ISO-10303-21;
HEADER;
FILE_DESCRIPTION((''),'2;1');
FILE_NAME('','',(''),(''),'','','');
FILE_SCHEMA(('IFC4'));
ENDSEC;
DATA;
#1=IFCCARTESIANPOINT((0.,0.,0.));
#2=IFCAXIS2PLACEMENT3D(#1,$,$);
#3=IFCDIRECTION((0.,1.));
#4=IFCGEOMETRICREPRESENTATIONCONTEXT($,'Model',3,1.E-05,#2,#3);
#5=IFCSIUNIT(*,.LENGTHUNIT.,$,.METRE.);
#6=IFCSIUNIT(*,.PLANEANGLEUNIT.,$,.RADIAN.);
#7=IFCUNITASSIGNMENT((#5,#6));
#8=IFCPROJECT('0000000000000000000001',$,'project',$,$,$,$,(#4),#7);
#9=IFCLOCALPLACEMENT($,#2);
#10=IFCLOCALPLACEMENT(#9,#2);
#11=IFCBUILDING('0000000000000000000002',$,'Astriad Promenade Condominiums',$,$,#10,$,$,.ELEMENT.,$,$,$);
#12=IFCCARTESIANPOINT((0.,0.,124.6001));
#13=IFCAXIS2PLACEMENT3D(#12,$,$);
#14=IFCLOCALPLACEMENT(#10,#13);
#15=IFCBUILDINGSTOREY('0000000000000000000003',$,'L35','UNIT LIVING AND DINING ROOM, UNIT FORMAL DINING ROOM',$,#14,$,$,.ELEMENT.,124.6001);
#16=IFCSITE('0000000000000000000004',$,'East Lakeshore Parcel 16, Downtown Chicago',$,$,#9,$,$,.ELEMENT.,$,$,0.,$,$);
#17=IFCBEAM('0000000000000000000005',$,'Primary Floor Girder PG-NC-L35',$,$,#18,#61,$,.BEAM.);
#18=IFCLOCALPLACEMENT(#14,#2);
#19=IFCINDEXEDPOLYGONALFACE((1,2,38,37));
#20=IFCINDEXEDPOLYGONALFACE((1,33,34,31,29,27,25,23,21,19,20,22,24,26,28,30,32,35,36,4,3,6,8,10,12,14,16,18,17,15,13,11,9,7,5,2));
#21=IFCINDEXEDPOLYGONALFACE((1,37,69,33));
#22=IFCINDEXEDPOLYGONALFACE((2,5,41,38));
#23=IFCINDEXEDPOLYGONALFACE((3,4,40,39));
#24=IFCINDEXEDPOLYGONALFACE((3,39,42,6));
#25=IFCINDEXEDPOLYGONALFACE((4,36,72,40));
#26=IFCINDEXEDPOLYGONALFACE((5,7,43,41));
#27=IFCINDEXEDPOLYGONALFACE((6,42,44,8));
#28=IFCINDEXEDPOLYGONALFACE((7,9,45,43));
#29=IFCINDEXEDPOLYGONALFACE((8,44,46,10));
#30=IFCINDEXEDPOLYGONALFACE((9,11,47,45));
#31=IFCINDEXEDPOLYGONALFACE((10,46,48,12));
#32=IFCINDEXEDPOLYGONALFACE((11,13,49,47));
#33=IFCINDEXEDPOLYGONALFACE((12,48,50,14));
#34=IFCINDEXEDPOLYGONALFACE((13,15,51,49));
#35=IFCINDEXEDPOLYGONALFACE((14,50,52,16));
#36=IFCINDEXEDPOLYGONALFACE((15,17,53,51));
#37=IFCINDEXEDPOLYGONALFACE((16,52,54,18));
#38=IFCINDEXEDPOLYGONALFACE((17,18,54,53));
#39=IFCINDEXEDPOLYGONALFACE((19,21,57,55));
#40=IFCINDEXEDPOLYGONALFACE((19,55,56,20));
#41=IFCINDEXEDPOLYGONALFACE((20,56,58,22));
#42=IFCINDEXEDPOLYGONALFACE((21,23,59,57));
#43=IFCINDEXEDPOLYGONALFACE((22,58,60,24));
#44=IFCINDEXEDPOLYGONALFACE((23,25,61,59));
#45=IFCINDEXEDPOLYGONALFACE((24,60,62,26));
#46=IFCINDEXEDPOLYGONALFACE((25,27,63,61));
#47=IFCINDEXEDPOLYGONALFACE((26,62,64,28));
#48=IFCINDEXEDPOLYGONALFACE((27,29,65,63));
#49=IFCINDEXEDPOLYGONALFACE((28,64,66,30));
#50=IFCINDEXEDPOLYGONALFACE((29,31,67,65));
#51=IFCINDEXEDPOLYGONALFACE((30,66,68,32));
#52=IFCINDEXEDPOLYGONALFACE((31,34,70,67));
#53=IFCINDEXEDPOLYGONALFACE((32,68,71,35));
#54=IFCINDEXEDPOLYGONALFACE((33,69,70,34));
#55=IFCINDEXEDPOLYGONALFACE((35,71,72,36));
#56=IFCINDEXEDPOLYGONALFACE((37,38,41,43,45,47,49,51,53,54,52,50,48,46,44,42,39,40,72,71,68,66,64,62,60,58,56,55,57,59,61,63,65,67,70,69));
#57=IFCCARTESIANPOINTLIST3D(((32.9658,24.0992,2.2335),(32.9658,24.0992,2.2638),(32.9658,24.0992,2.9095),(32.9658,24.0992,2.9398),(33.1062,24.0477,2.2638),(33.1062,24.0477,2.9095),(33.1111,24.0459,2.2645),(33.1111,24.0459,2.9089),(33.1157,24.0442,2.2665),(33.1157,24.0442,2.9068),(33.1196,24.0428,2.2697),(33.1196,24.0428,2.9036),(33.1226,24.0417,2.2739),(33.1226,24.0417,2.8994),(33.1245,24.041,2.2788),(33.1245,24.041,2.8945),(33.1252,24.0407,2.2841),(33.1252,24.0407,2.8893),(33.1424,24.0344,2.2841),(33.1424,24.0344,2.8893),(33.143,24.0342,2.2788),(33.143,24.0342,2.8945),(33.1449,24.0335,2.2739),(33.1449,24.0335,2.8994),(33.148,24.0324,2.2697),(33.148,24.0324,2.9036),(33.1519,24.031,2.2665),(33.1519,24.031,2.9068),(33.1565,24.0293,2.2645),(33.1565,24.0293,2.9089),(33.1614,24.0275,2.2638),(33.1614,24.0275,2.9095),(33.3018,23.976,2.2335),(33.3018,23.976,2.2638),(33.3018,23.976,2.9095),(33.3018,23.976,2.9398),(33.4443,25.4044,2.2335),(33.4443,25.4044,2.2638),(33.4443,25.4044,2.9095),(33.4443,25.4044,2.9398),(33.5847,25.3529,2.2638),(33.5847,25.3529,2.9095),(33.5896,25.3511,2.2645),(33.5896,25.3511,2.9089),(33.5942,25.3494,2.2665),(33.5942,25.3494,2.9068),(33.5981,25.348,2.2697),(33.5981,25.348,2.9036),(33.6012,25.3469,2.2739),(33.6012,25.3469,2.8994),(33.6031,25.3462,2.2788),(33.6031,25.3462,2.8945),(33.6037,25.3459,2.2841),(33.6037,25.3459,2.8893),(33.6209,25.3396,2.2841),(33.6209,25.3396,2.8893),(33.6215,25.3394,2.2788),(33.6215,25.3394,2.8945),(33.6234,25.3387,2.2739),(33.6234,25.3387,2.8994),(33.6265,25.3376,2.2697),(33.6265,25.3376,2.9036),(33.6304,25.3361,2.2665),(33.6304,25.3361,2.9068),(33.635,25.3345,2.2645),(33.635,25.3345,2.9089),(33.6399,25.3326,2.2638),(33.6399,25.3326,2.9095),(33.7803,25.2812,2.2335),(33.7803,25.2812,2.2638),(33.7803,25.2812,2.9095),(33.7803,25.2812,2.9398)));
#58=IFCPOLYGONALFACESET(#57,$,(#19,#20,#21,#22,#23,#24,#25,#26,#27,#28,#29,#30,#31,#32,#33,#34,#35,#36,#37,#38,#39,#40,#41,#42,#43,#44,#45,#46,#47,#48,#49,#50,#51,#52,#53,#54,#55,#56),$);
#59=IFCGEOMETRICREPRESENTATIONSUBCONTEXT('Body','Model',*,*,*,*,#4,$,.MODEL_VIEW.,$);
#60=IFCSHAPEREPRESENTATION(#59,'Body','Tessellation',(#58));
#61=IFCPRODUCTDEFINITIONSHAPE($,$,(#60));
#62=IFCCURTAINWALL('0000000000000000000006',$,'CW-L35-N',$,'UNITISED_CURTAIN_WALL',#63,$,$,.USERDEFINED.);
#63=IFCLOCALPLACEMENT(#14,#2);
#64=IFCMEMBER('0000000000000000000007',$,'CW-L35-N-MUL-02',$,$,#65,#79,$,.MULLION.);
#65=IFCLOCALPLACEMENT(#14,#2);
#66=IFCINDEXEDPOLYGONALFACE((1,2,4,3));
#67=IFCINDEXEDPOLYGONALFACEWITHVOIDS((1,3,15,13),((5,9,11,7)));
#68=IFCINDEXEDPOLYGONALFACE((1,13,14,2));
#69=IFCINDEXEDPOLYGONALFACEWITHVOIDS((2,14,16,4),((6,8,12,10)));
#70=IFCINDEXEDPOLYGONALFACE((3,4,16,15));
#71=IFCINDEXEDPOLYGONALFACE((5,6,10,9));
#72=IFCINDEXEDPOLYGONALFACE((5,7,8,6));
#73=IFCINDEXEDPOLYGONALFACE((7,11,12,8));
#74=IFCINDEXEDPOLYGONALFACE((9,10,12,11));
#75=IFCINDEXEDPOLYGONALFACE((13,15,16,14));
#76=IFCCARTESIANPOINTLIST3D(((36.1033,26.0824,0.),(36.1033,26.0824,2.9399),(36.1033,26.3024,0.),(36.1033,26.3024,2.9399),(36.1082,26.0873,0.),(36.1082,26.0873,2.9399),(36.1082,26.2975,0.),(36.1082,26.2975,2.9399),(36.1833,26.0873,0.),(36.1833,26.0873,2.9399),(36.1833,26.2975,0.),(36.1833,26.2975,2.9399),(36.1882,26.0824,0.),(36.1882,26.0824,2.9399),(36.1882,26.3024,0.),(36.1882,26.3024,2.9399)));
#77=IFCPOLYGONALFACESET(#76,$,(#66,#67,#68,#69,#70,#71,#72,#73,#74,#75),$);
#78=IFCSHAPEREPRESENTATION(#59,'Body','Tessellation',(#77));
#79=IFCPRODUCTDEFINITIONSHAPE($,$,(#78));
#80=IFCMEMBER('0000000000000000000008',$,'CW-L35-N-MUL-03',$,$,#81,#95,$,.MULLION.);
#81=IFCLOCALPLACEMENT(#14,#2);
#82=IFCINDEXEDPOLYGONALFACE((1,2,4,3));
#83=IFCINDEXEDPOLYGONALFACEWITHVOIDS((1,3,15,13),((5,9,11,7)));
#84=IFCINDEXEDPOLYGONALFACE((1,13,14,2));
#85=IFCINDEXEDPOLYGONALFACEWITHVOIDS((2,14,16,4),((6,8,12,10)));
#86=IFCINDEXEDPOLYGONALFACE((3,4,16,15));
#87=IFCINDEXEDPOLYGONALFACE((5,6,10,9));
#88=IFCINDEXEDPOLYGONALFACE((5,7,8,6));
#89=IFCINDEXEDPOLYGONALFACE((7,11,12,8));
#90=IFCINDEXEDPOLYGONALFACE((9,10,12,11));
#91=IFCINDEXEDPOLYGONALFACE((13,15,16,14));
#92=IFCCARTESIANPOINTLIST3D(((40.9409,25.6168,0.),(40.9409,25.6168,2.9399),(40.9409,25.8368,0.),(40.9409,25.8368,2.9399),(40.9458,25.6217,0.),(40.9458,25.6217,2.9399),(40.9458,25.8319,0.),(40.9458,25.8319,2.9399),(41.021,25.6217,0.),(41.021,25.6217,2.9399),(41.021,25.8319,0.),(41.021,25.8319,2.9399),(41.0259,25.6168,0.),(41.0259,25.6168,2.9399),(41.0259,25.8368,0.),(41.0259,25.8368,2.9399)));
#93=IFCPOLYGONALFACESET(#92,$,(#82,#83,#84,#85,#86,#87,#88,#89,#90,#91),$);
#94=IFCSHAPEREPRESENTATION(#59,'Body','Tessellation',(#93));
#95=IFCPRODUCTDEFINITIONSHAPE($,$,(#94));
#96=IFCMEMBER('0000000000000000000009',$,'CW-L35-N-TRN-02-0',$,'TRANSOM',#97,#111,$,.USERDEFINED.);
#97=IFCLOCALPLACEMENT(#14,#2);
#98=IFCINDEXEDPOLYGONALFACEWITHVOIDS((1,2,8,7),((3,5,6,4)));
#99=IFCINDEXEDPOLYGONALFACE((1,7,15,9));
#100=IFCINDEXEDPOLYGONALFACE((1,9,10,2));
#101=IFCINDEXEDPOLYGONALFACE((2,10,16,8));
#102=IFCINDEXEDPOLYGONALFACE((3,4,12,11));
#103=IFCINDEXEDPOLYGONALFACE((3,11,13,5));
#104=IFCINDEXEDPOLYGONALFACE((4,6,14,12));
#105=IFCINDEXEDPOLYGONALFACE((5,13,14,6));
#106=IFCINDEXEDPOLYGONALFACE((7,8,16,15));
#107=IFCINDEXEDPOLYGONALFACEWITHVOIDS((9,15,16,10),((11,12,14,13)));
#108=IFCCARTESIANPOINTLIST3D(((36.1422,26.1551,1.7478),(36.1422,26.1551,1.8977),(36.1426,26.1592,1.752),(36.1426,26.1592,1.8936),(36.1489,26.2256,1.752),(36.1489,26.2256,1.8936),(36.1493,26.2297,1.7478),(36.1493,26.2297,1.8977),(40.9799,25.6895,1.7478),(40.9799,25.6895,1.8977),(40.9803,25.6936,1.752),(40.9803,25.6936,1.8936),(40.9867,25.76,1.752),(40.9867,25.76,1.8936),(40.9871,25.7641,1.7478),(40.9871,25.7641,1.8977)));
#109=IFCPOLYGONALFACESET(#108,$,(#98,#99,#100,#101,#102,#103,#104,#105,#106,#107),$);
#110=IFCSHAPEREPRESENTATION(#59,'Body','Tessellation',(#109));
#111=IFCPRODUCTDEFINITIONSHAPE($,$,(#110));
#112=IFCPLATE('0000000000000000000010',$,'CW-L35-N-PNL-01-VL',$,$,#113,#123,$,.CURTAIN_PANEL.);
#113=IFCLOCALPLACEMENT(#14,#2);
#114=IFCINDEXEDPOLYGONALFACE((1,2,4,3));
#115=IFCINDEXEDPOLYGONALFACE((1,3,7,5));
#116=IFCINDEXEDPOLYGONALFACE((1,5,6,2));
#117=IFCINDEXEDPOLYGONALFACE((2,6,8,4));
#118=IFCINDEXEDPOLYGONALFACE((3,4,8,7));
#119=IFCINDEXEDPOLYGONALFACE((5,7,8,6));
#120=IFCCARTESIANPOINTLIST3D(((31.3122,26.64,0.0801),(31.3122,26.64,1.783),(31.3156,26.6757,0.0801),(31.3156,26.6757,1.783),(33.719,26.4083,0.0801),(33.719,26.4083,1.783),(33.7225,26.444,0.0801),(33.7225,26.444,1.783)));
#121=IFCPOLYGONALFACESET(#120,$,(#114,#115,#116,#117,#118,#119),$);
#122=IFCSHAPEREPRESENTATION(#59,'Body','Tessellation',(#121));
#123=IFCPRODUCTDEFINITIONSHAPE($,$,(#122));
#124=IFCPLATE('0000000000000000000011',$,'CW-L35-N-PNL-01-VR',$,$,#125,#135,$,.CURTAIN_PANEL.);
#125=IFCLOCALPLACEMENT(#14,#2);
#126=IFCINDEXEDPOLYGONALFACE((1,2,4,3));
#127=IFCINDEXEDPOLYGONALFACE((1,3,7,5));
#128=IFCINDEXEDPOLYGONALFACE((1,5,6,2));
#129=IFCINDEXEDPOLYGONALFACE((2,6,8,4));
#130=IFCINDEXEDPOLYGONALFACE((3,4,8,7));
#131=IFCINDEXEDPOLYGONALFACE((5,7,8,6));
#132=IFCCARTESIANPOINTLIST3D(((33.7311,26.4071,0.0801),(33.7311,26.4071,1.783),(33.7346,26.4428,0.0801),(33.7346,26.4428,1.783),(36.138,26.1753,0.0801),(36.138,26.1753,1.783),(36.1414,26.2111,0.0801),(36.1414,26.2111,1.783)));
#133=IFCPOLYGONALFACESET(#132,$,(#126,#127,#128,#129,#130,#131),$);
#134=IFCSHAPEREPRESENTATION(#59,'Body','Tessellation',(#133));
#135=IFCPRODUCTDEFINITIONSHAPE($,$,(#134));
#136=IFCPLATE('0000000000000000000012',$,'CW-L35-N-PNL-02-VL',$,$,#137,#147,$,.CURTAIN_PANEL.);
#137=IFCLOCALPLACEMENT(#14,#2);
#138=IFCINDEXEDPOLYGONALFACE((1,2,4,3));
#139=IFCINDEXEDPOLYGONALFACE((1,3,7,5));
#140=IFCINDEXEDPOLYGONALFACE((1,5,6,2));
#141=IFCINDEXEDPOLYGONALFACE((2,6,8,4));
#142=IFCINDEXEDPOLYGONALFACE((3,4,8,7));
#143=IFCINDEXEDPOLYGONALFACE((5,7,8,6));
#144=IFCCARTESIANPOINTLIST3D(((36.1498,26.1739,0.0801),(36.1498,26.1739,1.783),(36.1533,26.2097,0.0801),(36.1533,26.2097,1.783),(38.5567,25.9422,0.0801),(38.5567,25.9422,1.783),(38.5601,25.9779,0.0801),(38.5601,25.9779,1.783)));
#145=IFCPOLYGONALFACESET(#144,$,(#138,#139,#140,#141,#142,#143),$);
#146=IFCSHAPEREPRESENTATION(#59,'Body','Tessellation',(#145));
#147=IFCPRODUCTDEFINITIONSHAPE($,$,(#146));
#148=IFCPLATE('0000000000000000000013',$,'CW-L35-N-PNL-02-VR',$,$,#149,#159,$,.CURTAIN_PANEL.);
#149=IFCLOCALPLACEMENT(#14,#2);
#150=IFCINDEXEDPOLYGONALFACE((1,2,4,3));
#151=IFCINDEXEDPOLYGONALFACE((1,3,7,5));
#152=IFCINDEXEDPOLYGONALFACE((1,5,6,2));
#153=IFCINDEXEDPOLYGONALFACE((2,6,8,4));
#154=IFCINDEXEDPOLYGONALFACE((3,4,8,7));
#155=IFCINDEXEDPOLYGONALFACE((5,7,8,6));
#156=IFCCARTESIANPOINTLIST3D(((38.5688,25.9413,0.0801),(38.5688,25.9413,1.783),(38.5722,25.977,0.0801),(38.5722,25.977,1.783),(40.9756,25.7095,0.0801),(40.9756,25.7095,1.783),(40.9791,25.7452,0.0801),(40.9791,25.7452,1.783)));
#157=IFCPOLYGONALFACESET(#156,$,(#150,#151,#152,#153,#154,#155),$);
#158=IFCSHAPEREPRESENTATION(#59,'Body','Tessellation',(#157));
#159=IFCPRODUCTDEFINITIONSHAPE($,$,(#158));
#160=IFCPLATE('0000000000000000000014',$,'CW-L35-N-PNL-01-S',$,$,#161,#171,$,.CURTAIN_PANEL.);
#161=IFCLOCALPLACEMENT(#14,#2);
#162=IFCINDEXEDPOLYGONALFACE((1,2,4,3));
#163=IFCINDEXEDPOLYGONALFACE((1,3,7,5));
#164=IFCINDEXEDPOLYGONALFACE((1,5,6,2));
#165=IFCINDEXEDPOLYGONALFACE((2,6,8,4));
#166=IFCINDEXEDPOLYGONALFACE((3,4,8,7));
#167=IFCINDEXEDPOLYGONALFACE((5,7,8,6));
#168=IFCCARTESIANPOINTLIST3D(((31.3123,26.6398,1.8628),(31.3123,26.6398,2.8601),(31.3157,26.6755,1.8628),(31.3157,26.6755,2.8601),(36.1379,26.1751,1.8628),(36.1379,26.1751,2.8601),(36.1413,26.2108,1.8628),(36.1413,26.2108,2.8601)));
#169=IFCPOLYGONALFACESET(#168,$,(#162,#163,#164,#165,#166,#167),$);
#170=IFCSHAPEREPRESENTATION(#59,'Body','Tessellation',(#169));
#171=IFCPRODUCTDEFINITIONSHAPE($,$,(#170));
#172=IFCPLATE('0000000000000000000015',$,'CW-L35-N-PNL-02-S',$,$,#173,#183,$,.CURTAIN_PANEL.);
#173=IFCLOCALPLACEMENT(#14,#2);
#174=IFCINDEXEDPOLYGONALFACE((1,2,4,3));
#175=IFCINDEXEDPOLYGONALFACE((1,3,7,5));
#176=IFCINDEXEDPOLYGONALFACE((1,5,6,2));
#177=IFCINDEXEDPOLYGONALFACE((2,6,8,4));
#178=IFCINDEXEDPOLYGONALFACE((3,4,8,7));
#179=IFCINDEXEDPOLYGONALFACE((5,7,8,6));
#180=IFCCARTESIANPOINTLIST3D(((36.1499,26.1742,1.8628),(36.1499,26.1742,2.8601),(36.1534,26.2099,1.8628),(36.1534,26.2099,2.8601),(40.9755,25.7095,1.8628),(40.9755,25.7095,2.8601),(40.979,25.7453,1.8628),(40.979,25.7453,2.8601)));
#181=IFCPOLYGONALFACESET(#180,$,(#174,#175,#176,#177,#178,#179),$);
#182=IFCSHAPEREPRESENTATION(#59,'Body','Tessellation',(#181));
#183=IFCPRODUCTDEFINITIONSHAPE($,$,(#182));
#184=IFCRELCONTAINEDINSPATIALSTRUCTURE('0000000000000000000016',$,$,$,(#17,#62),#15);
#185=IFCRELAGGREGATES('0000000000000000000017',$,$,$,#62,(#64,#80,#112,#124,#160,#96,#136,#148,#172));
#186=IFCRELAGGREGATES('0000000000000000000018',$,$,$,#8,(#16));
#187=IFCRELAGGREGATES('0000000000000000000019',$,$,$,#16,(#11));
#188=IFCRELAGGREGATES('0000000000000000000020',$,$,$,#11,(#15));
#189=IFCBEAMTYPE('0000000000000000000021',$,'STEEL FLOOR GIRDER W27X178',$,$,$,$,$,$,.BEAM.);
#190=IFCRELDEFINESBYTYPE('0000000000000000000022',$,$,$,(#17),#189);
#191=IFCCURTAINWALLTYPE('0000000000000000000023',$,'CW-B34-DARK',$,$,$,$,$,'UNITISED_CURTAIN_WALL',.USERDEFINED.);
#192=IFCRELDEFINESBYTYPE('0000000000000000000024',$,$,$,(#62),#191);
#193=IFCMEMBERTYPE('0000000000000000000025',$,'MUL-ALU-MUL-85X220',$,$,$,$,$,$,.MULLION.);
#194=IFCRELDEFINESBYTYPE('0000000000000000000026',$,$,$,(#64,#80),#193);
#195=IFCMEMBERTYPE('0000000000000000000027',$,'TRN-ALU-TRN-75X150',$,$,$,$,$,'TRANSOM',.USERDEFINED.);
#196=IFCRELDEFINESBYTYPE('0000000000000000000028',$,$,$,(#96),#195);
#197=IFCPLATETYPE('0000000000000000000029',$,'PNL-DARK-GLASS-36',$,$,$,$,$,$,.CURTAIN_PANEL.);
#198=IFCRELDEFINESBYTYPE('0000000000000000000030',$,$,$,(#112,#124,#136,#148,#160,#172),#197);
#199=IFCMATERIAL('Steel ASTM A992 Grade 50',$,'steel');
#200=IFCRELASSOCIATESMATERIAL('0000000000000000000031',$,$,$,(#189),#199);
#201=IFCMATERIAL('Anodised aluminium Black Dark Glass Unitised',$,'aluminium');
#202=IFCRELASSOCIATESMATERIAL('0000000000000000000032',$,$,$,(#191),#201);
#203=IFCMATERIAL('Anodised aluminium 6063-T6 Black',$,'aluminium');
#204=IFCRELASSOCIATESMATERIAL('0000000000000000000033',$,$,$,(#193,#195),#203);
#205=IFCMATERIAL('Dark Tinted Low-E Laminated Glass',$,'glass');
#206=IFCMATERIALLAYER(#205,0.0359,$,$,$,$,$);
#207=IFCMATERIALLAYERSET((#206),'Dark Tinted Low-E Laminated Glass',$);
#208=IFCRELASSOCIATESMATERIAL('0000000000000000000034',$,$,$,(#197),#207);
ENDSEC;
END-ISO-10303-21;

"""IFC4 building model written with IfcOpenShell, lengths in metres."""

from ifc_helpers import new_model, si_unit, direction, frame, origin, origin_2d, place, context, subcontext, project, spatial, rectangle, hollow_rectangle, i_section, extrude, source, transform, mapped, material, layer, layer_set, material_profile, profile_set, type_object, type_shapes, element, aggregate, save


model = new_model("IFC4")

# Units and contexts
model_context = context("Model", 3, precision=1e-05, world=origin(), true_north=direction((0.0, 1.0)))
body_context = subcontext(model_context, "Body", "Model", "MODEL_VIEW")
ifc_project = project(units=[si_unit("LENGTHUNIT", "METRE"), si_unit("PLANEANGLEUNIT", "RADIAN")], contexts=[model_context])

# Site, building, storey
site_placement = place(None, origin())
site = spatial("IfcSite", under=ifc_project, at=site_placement, Name="East Lakeshore Parcel 16, Downtown Chicago", CompositionType="ELEMENT", RefElevation=0.0)
building_placement = place(site_placement, origin())
building = spatial("IfcBuilding", under=site, at=building_placement, Name="Astriad Promenade Condominiums", CompositionType="ELEMENT")
storey_placement = place(building_placement, frame((0.0, 0.0, 124.6001)))
storey = spatial("IfcBuildingStorey", under=building, at=storey_placement, Name="L35", Description="UNIT LIVING AND DINING ROOM, UNIT FORMAL DINING ROOM", CompositionType="ELEMENT", Elevation=124.6001)

# Shared definitions
ifc_material_1 = material(Name="Steel ASTM A992 Grade 50", Category="steel")

# Beam
ifc_material_profile_1 = material_profile(ifc_material_1, i_section(OverallWidth=0.3579, OverallDepth=0.7063, WebThickness=0.0183, FlangeThickness=0.0303, FilletRadius=0.0203, at=origin_2d()), Name="W27X178")
ifc_profile_set_1 = profile_set([ifc_material_profile_1], Name="Steel ASTM A992 Grade 50")
beam_type_1 = type_object("IfcBeamType", Name="STEEL FLOOR GIRDER W27X178", PredefinedType="BEAM", material=ifc_profile_set_1)
shared_shape_1 = source(origin(), body_context, "Body", "SweptSolid", [
    extrude(i_section(OverallWidth=0.3579, OverallDepth=0.7063, WebThickness=0.0183, FlangeThickness=0.0303, FilletRadius=0.0203, at=origin_2d()), origin(), (0.0, 0.0, 1.0), 1.3901),
])
type_shapes(beam_type_1, [shared_shape_1])
beam_1_placement = place(storey_placement, frame((33.6123, 25.3428, 2.5867), z_axis=(-0.344224, -0.938888, 0.0), x_axis=(0.938888, -0.344224, 0.0)))
element("IfcBeam", 1, at=beam_1_placement, inside=storey, type_object=beam_type_1, Name="Primary Floor Girder PG-NC-L35", PredefinedType="BEAM", context=body_context, shape_type="MappedRepresentation", body=[
    mapped(shared_shape_1, transform((0.0, 0.0, 0.0), scale=1.0)),
])

# Curtain wall, members, plates
ifc_material_2 = material(Name="Anodised aluminium Black Dark Glass Unitised", Category="aluminium")
curtain_wall_type = type_object("IfcCurtainWallType", Name="CW-B34-DARK", ElementType="UNITISED_CURTAIN_WALL", PredefinedType="USERDEFINED", material=ifc_material_2)
curtain_wall_placement = place(storey_placement, origin())
curtain_wall = element("IfcCurtainWall", 2, at=curtain_wall_placement, inside=storey, type_object=curtain_wall_type, Name="CW-L35-N", ObjectType="UNITISED_CURTAIN_WALL", PredefinedType="USERDEFINED")
ifc_material_3 = material(Name="Anodised aluminium 6063-T6 Black", Category="aluminium")
ifc_material_profile_2 = material_profile(ifc_material_3, hollow_rectangle(XDim=0.085, YDim=0.22, WallThickness=0.0049, at=origin_2d()), Name="ALU-MUL-85X220")
ifc_profile_set_2 = profile_set([ifc_material_profile_2], Name="Anodised aluminium 6063-T6 Black")
member_type_1 = type_object("IfcMemberType", Name="MUL-ALU-MUL-85X220", PredefinedType="MULLION", material=ifc_profile_set_2)
shared_shape_2 = source(origin(), body_context, "Body", "SweptSolid", [
    extrude(hollow_rectangle(XDim=0.085, YDim=0.22, WallThickness=0.0049, at=origin_2d()), origin(), (0.0, 0.0, 1.0), 2.9399),
])
type_shapes(member_type_1, [shared_shape_2])
member_1_placement = place(storey_placement, frame((36.1458, 26.1924, 0.0), z_axis=(0.0, 0.0, 1.0), x_axis=(1.0, 0.0, 0.0)))
member_1 = element("IfcMember", 3, at=member_1_placement, type_object=member_type_1, Name="CW-L35-N-MUL-02", PredefinedType="MULLION", context=body_context, shape_type="MappedRepresentation", body=[
    mapped(shared_shape_2, transform((0.0, 0.0, 0.0), scale=1.0)),
])
member_2_placement = place(storey_placement, frame((40.9834, 25.7268, 0.0), z_axis=(0.0, 0.0, 1.0), x_axis=(1.0, 0.0, 0.0)))
member_2 = element("IfcMember", 4, at=member_2_placement, type_object=member_type_1, Name="CW-L35-N-MUL-03", PredefinedType="MULLION", context=body_context, shape_type="MappedRepresentation", body=[
    mapped(shared_shape_2, transform((0.0, 0.0, 0.0), scale=1.0)),
])
ifc_material_profile_3 = material_profile(ifc_material_3, hollow_rectangle(XDim=0.075, YDim=0.1499, WallThickness=0.0042, at=origin_2d()), Name="ALU-TRN-75X150")
ifc_profile_set_3 = profile_set([ifc_material_profile_3], Name="Anodised aluminium 6063-T6 Black")
member_type_2 = type_object("IfcMemberType", Name="TRN-ALU-TRN-75X150", ElementType="TRANSOM", PredefinedType="USERDEFINED", material=ifc_profile_set_3)
shared_shape_3 = source(origin(), body_context, "Body", "SweptSolid", [
    extrude(hollow_rectangle(XDim=0.075, YDim=0.1499, WallThickness=0.0042, at=origin_2d()), origin(), (0.0, 0.0, 1.0), 4.8601),
])
type_shapes(member_type_2, [shared_shape_3])
member_3_placement = place(storey_placement, frame((36.1458, 26.1924, 1.8228), z_axis=(0.995401, -0.095798, 0.0), x_axis=(0.095798, 0.995401, 0.0)))
member_3 = element("IfcMember", 5, at=member_3_placement, type_object=member_type_2, Name="CW-L35-N-TRN-02-0", ObjectType="TRANSOM", PredefinedType="USERDEFINED", context=body_context, shape_type="MappedRepresentation", body=[
    mapped(shared_shape_3, transform((0.0, 0.0, 0.0), scale=1.0)),
])
ifc_material_4 = material(Name="Dark Tinted Low-E Laminated Glass", Category="glass")
ifc_layer_1 = layer(ifc_material_4, 0.0359)
ifc_layer_set_1 = layer_set([ifc_layer_1], Name="Dark Tinted Low-E Laminated Glass")
plate_type = type_object("IfcPlateType", Name="PNL-DARK-GLASS-36", PredefinedType="CURTAIN_PANEL", material=ifc_layer_set_1)
shared_shape_4 = source(origin(), body_context, "Body", "SweptSolid", [
    extrude(rectangle(XDim=2.418, YDim=0.0359, at=origin_2d()), origin(), (0.0, 0.0, 1.0), 1.7029),
])
plate_1_placement = place(storey_placement, frame((32.5173, 26.542, 0.0801), z_axis=(0.0, 0.0, 1.0), x_axis=(0.995396, -0.095846, 0.0)))
plate_1 = element("IfcPlate", 6, at=plate_1_placement, type_object=plate_type, Name="CW-L35-N-PNL-01-VL", PredefinedType="CURTAIN_PANEL", context=body_context, shape_type="MappedRepresentation", body=[
    mapped(shared_shape_4, transform((0.0, 0.0, 0.0), scale=1.0)),
])
plate_2_placement = place(storey_placement, frame((34.9363, 26.3091, 0.0801), z_axis=(0.0, 0.0, 1.0), x_axis=(0.995396, -0.095846, 0.0)))
plate_2 = element("IfcPlate", 7, at=plate_2_placement, type_object=plate_type, Name="CW-L35-N-PNL-01-VR", PredefinedType="CURTAIN_PANEL", context=body_context, shape_type="MappedRepresentation", body=[
    mapped(shared_shape_4, transform((0.0, 0.0, 0.0), scale=1.0)),
])
plate_3_placement = place(storey_placement, frame((37.355, 26.0759, 0.0801), z_axis=(0.0, 0.0, 1.0), x_axis=(0.995396, -0.095846, 0.0)))
plate_3 = element("IfcPlate", 8, at=plate_3_placement, type_object=plate_type, Name="CW-L35-N-PNL-02-VL", PredefinedType="CURTAIN_PANEL", context=body_context, shape_type="MappedRepresentation", body=[
    mapped(shared_shape_4, transform((0.0, 0.0, 0.0), scale=1.0)),
])
plate_4_placement = place(storey_placement, frame((39.7739, 25.8433, 0.0801), z_axis=(0.0, 0.0, 1.0), x_axis=(0.995396, -0.095846, 0.0)))
plate_4 = element("IfcPlate", 9, at=plate_4_placement, type_object=plate_type, Name="CW-L35-N-PNL-02-VR", PredefinedType="CURTAIN_PANEL", context=body_context, shape_type="MappedRepresentation", body=[
    mapped(shared_shape_4, transform((0.0, 0.0, 0.0), scale=1.0)),
])
shared_shape_5 = source(origin(), body_context, "Body", "SweptSolid", [
    extrude(rectangle(XDim=4.8479, YDim=0.0359, at=origin_2d()), origin(), (0.0, 0.0, 1.0), 0.9973),
])
type_shapes(plate_type, [shared_shape_4, shared_shape_5])
plate_5_placement = place(storey_placement, frame((33.7268, 26.4253, 1.8628), z_axis=(0.0, 0.0, 1.0), x_axis=(0.995396, -0.095846, 0.0)))
plate_5 = element("IfcPlate", 10, at=plate_5_placement, type_object=plate_type, Name="CW-L35-N-PNL-01-S", PredefinedType="CURTAIN_PANEL", context=body_context, shape_type="MappedRepresentation", body=[
    mapped(shared_shape_5, transform((0.0, 0.0, 0.0), scale=1.0)),
])
plate_6_placement = place(storey_placement, frame((38.5645, 25.9597, 1.8628), z_axis=(0.0, 0.0, 1.0), x_axis=(0.995396, -0.095846, 0.0)))
plate_6 = element("IfcPlate", 11, at=plate_6_placement, type_object=plate_type, Name="CW-L35-N-PNL-02-S", PredefinedType="CURTAIN_PANEL", context=body_context, shape_type="MappedRepresentation", body=[
    mapped(shared_shape_5, transform((0.0, 0.0, 0.0), scale=1.0)),
])
aggregate(curtain_wall, [member_1, member_2, plate_1, plate_2, plate_5, member_3, plate_3, plate_4, plate_6])

save(model, "model.ifc")
